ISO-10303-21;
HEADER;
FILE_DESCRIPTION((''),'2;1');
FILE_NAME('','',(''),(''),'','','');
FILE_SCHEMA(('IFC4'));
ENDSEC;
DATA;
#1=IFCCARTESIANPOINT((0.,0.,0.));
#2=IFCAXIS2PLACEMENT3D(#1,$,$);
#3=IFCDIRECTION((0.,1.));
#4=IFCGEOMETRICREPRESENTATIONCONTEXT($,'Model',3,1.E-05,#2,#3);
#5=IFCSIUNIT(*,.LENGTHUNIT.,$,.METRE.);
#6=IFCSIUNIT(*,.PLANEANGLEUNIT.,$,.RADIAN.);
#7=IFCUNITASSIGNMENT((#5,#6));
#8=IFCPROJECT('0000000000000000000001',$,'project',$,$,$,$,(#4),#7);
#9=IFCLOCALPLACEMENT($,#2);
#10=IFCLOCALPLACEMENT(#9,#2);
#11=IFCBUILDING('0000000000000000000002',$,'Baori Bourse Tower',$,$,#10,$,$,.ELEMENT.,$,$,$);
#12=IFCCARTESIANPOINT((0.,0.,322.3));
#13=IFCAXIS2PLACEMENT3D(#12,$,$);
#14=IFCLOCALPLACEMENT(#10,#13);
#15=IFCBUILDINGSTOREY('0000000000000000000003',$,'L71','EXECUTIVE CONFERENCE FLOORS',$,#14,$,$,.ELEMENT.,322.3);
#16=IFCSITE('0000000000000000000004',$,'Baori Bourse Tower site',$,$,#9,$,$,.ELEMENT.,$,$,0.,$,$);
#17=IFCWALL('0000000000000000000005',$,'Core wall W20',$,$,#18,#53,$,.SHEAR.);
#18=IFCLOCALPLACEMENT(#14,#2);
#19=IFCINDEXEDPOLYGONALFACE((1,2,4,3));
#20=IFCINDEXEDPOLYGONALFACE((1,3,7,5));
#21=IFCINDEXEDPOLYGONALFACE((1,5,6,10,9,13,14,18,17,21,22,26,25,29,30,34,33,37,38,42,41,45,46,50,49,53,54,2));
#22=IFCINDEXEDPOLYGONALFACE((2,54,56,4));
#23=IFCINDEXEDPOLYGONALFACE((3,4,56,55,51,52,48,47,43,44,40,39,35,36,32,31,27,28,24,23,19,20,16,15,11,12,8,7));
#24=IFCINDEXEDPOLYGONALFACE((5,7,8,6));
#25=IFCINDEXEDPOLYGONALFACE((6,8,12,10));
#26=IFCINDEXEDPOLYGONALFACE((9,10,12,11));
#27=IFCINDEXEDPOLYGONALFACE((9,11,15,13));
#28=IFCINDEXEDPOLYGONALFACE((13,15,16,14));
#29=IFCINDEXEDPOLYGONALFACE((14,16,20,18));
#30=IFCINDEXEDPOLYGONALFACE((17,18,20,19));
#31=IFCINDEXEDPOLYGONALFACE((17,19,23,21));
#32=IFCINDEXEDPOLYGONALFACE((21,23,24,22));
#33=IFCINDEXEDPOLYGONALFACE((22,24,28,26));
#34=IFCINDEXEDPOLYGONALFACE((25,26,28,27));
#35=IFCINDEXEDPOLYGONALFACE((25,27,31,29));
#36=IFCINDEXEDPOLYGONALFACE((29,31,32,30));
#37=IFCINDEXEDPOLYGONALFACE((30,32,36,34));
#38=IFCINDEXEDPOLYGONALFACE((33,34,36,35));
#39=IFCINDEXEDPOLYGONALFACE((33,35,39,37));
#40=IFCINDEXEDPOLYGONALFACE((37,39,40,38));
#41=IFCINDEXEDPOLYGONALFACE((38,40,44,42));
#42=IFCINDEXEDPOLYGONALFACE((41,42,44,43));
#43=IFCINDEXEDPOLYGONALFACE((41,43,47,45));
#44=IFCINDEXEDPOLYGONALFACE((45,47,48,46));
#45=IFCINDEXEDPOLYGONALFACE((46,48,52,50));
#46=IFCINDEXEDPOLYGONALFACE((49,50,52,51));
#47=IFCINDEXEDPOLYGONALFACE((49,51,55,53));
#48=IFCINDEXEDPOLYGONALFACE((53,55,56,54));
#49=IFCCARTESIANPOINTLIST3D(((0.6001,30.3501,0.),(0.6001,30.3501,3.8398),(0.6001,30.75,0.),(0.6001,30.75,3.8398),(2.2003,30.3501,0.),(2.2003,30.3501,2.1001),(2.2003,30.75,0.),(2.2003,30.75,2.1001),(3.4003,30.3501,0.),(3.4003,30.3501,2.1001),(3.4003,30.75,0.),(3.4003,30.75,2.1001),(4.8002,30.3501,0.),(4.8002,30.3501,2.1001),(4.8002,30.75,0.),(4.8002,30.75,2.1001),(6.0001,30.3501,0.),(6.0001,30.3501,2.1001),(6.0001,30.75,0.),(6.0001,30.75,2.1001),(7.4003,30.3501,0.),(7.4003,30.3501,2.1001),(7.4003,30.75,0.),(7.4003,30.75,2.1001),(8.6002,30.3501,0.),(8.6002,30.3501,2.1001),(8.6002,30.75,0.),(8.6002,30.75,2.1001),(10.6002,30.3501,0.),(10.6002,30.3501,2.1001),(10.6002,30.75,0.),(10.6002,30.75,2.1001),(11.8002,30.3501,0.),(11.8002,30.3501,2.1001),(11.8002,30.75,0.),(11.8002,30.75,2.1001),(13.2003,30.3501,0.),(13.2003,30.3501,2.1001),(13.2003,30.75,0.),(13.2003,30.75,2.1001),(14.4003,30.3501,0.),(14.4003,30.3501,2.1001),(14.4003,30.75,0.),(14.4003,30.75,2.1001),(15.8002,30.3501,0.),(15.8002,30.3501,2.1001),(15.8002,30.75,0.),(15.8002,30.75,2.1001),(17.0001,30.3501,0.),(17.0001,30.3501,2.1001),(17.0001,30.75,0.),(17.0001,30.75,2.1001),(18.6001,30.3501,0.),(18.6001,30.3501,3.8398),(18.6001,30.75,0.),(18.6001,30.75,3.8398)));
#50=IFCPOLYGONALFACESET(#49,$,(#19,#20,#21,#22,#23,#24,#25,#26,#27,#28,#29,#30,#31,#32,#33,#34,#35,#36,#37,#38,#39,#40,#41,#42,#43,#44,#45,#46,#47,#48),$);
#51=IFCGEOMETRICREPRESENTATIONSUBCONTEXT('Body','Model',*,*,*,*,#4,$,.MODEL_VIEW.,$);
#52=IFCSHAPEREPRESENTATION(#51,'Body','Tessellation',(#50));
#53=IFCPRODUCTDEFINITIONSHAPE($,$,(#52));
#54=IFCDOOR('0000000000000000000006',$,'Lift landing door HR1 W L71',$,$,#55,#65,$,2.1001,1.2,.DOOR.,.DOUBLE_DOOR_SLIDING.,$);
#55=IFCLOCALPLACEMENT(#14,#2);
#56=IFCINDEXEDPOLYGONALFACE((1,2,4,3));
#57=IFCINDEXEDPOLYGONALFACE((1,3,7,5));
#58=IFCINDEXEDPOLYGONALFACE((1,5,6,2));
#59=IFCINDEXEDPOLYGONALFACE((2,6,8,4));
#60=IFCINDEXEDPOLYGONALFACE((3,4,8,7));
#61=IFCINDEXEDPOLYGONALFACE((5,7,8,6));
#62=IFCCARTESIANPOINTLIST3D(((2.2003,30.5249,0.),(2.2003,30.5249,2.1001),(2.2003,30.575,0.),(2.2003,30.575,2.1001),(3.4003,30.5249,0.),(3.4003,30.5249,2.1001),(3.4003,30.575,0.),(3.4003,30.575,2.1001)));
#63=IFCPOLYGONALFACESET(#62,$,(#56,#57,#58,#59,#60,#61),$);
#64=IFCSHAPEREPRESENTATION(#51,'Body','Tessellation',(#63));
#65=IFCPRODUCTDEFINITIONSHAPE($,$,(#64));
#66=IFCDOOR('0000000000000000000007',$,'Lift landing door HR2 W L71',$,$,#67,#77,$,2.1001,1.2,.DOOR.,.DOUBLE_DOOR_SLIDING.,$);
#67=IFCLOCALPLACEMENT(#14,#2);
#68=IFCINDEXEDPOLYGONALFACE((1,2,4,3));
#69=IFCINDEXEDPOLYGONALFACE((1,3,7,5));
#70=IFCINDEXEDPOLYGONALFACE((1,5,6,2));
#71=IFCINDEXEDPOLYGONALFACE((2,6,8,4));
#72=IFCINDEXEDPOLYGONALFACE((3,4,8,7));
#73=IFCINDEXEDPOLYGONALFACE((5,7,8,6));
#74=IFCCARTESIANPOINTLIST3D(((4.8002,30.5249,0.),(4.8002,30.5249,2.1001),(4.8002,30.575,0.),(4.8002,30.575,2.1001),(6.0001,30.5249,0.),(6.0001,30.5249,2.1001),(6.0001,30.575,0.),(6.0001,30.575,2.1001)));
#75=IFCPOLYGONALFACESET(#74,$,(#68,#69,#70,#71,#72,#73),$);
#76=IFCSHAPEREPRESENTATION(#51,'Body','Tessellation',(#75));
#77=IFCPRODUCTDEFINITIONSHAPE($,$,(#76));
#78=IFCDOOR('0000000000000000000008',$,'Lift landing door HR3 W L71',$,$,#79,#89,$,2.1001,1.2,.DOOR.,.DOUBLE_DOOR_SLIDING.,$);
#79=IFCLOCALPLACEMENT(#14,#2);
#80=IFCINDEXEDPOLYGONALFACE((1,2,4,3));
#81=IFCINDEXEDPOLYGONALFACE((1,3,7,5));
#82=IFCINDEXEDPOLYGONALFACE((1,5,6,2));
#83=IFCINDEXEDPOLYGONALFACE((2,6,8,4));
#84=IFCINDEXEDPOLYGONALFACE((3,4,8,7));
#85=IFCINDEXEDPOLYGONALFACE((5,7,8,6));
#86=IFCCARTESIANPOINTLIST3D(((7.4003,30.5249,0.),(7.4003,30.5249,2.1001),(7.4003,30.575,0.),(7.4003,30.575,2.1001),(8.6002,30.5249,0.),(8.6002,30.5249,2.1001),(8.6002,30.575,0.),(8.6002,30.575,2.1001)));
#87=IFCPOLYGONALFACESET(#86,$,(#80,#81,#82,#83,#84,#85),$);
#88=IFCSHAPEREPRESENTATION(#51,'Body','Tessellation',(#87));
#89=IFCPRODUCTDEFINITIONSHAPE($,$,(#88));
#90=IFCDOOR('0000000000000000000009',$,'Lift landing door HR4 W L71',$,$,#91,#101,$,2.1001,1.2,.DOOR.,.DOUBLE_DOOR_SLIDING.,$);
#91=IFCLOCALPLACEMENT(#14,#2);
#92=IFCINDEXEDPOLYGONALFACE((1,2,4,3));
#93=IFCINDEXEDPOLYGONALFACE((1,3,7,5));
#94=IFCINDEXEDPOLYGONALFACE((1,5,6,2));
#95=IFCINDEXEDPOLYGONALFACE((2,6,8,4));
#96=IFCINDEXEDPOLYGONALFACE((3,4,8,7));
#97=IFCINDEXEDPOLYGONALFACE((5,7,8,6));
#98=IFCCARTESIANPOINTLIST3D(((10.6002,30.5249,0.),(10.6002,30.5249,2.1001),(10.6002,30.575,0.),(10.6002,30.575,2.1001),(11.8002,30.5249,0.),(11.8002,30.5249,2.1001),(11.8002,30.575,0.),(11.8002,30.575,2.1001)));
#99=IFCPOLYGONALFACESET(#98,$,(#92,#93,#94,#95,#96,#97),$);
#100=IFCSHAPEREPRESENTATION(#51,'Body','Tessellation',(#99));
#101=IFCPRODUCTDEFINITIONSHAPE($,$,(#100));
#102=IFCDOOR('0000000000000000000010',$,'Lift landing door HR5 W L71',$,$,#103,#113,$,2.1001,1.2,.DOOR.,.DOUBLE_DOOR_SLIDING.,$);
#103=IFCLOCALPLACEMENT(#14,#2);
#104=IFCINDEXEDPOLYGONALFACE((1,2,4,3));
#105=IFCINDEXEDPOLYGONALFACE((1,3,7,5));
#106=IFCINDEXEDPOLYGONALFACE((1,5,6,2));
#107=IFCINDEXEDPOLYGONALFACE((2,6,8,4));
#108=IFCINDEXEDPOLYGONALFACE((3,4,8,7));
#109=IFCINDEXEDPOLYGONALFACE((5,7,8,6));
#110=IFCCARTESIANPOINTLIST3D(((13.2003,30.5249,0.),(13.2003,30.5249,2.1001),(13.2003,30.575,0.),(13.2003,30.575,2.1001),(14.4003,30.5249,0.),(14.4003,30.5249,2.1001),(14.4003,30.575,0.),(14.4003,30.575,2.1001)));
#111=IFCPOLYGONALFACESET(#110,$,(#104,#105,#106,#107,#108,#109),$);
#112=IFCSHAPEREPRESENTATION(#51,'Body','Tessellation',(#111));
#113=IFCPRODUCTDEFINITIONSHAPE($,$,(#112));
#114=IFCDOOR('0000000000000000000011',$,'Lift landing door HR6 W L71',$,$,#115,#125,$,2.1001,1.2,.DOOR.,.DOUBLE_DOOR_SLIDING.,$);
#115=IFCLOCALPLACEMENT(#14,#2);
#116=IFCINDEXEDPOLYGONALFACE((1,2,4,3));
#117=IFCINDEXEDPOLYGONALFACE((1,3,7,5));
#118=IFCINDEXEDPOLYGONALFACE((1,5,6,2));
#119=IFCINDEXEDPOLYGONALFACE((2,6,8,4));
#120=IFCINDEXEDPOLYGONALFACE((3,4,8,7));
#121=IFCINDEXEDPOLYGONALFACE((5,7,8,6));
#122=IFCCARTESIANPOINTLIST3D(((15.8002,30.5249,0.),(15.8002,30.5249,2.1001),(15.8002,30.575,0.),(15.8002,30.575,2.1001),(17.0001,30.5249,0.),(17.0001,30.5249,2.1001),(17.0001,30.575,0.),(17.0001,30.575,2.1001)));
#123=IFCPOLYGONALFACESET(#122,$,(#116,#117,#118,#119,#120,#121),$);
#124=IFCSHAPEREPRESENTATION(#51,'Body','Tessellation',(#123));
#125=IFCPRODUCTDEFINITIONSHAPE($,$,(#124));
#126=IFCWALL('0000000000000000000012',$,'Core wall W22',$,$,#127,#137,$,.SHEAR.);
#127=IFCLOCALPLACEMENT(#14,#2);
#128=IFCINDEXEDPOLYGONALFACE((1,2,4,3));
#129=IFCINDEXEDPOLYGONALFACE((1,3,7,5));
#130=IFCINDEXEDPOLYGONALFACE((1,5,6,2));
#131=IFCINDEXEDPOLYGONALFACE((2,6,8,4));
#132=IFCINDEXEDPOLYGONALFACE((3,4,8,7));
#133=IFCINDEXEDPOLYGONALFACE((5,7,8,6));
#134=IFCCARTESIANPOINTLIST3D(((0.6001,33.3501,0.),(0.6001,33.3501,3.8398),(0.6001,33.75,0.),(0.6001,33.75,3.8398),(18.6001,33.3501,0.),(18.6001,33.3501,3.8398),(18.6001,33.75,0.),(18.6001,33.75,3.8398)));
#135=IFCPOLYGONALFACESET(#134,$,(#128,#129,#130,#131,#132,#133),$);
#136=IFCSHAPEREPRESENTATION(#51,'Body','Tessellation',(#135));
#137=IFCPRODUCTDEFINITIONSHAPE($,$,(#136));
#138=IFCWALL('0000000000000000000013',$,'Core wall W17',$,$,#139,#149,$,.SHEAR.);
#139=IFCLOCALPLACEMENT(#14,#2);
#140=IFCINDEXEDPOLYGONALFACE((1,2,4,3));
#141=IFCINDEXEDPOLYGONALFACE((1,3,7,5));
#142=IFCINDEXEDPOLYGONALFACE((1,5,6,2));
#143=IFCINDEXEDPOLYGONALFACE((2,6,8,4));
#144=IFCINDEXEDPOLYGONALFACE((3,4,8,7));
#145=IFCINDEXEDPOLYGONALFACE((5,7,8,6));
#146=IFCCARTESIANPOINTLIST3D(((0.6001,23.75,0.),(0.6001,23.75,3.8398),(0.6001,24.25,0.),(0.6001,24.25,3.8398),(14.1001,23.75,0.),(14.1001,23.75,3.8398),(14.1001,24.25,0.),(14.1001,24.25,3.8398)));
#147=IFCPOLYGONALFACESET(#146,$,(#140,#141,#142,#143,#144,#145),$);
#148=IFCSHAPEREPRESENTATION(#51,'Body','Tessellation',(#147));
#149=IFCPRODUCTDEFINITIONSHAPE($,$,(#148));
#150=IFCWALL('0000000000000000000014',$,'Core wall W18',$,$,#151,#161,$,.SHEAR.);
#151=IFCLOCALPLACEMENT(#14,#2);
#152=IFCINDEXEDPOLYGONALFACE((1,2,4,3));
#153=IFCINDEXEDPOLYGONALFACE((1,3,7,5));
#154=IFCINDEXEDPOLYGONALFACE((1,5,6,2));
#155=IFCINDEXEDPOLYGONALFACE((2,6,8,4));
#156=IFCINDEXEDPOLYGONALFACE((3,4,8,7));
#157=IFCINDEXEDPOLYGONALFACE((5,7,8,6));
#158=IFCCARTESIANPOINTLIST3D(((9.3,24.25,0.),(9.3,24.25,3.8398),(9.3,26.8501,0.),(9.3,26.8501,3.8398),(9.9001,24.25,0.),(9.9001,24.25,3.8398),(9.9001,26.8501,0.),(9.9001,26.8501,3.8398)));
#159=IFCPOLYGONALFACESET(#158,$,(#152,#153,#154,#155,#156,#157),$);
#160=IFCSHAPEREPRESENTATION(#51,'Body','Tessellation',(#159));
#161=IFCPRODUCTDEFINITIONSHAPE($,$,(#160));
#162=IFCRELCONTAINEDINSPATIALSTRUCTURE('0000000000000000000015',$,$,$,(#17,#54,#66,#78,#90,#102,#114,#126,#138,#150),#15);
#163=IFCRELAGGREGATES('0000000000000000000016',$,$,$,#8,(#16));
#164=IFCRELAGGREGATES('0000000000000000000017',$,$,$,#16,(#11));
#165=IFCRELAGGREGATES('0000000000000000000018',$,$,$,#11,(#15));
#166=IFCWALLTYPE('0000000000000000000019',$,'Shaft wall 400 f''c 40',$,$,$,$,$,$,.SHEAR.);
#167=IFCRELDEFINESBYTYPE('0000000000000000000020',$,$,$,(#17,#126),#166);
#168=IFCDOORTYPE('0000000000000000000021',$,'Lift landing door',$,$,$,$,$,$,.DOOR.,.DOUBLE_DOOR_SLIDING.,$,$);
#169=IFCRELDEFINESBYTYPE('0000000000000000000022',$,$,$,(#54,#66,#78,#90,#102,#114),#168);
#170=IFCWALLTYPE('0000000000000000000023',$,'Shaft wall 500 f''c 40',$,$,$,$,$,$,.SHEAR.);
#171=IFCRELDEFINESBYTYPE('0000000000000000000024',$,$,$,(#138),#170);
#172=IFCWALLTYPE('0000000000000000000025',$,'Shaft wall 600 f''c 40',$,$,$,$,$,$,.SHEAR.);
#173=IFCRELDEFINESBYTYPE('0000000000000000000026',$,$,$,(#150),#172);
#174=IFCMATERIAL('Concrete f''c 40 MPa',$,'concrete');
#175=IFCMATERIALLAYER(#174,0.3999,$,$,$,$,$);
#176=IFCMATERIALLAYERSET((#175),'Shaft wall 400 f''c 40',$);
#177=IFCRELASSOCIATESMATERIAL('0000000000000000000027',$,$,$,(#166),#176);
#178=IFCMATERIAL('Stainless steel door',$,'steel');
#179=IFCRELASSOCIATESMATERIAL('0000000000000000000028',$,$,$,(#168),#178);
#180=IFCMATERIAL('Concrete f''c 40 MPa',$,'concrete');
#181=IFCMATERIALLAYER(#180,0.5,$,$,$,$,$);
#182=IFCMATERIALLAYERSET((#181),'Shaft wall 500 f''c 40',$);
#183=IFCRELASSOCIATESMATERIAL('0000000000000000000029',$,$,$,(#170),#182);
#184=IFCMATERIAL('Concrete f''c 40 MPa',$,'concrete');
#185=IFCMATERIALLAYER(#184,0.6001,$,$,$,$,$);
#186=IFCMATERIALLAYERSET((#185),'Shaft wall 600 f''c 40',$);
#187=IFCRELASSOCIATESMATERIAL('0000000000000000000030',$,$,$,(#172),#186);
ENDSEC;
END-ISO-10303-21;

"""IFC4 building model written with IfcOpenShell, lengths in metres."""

from ifc_helpers import new_model, si_unit, direction, frame, frame_2d, origin, place, context, subcontext, project, spatial, rectangle, extrude, material, layer, layer_set, type_object, element, fill, save


model = new_model("IFC4")

# Units and contexts
model_context = context("Model", 3, precision=1e-05, world=origin(), true_north=direction((0.0, 1.0)))
body_context = subcontext(model_context, "Body", "Model", "MODEL_VIEW")
ifc_project = project(units=[si_unit("LENGTHUNIT", "METRE"), si_unit("PLANEANGLEUNIT", "RADIAN")], contexts=[model_context])

# Site, building, storey
site_placement = place(None, origin())
site = spatial("IfcSite", under=ifc_project, at=site_placement, Name="Baori Bourse Tower site", CompositionType="ELEMENT", RefElevation=0.0)
building_placement = place(site_placement, origin())
building = spatial("IfcBuilding", under=site, at=building_placement, Name="Baori Bourse Tower", CompositionType="ELEMENT")
storey_placement = place(building_placement, frame((0.0, 0.0, 322.3)))
storey = spatial("IfcBuildingStorey", under=building, at=storey_placement, Name="L71", Description="EXECUTIVE CONFERENCE FLOORS", CompositionType="ELEMENT", Elevation=322.3)

# Wall, openings, doors
ifc_material_1 = material(Name="Concrete f'c 40 MPa", Category="concrete")
ifc_layer_1 = layer(ifc_material_1, 0.3999)
ifc_layer_set_1 = layer_set([ifc_layer_1], Name="Shaft wall 400 f'c 40")
wall_type_1 = type_object("IfcWallType", Name="Shaft wall 400 f'c 40", PredefinedType="SHEAR", material=ifc_layer_set_1)
ifc_material_2 = material(Name="Stainless steel door", Category="steel")
door_type_1 = type_object("IfcDoorType", Name="Lift landing door", OperationType="DOUBLE_DOOR_SLIDING", PredefinedType="DOOR", material=ifc_material_2)
wall_1_placement = place(storey_placement, frame((0.6001, 30.55, 0.0), z_axis=(0.0, 0.0, 1.0), x_axis=(1.0, 0.0, 0.0)))
wall_1 = element("IfcWall", 1, at=wall_1_placement, inside=storey, type_object=wall_type_1, Name="Core wall W20", PredefinedType="SHEAR", context=body_context, shape_type="SweptSolid", body=[
    extrude(rectangle(XDim=18.0, YDim=0.3999, at=frame_2d((9.0, 0.0))), origin(), (0.0, 0.0, 1.0), 3.8398),
])
opening_1_placement = place(wall_1_placement, frame((1.6001, 0.0, 0.0)))
opening_1 = element("IfcOpeningElement", 2, at=opening_1_placement, cuts=wall_1, PredefinedType="OPENING", context=body_context, shape_type="SweptSolid", body=[
    extrude(rectangle(XDim=1.2, YDim=2.1001, at=frame_2d((0.6001, 1.05))), frame((0.0, 0.21, 0.0), z_axis=(0.0, -1.0, 0.0), x_axis=(1.0, 0.0, 0.0)), (0.0, 0.0, 1.0), 0.4199),
])
opening_2_placement = place(wall_1_placement, frame((4.2, 0.0, 0.0)))
opening_2 = element("IfcOpeningElement", 3, at=opening_2_placement, cuts=wall_1, PredefinedType="OPENING", context=body_context, shape_type="SweptSolid", body=[
    extrude(rectangle(XDim=1.2, YDim=2.1001, at=frame_2d((0.6001, 1.05))), frame((0.0, 0.21, 0.0), z_axis=(0.0, -1.0, 0.0), x_axis=(1.0, 0.0, 0.0)), (0.0, 0.0, 1.0), 0.4199),
])
opening_3_placement = place(wall_1_placement, frame((6.8, 0.0, 0.0)))
opening_3 = element("IfcOpeningElement", 4, at=opening_3_placement, cuts=wall_1, PredefinedType="OPENING", context=body_context, shape_type="SweptSolid", body=[
    extrude(rectangle(XDim=1.2, YDim=2.1001, at=frame_2d((0.6001, 1.05))), frame((0.0, 0.21, 0.0), z_axis=(0.0, -1.0, 0.0), x_axis=(1.0, 0.0, 0.0)), (0.0, 0.0, 1.0), 0.4199),
])
opening_4_placement = place(wall_1_placement, frame((10.0, 0.0, 0.0)))
opening_4 = element("IfcOpeningElement", 5, at=opening_4_placement, cuts=wall_1, PredefinedType="OPENING", context=body_context, shape_type="SweptSolid", body=[
    extrude(rectangle(XDim=1.2, YDim=2.1001, at=frame_2d((0.6001, 1.05))), frame((0.0, 0.21, 0.0), z_axis=(0.0, -1.0, 0.0), x_axis=(1.0, 0.0, 0.0)), (0.0, 0.0, 1.0), 0.4199),
])
opening_5_placement = place(wall_1_placement, frame((12.6001, 0.0, 0.0)))
opening_5 = element("IfcOpeningElement", 6, at=opening_5_placement, cuts=wall_1, PredefinedType="OPENING", context=body_context, shape_type="SweptSolid", body=[
    extrude(rectangle(XDim=1.2, YDim=2.1001, at=frame_2d((0.6001, 1.05))), frame((0.0, 0.21, 0.0), z_axis=(0.0, -1.0, 0.0), x_axis=(1.0, 0.0, 0.0)), (0.0, 0.0, 1.0), 0.4199),
])
opening_6_placement = place(wall_1_placement, frame((15.2, 0.0, 0.0)))
opening_6 = element("IfcOpeningElement", 7, at=opening_6_placement, cuts=wall_1, PredefinedType="OPENING", context=body_context, shape_type="SweptSolid", body=[
    extrude(rectangle(XDim=1.2, YDim=2.1001, at=frame_2d((0.6001, 1.05))), frame((0.0, 0.21, 0.0), z_axis=(0.0, -1.0, 0.0), x_axis=(1.0, 0.0, 0.0)), (0.0, 0.0, 1.0), 0.4199),
])
door_1_placement = place(opening_1_placement, origin())
door_1 = element("IfcDoor", 8, at=door_1_placement, inside=storey, type_object=door_type_1, Name="Lift landing door HR1 W L71", OperationType="DOUBLE_DOOR_SLIDING", OverallHeight=2.1001, OverallWidth=1.2, PredefinedType="DOOR", context=body_context, shape_type="SweptSolid", body=[
    extrude(rectangle(XDim=1.2, YDim=2.1001, at=frame_2d((0.6001, 1.05))), frame((0.0, 0.0249, 0.0), z_axis=(0.0, -1.0, 0.0), x_axis=(1.0, 0.0, 0.0)), (0.0, 0.0, 1.0), 0.05),
])
fill(opening_1, door_1)
door_2_placement = place(opening_2_placement, origin())
door_2 = element("IfcDoor", 9, at=door_2_placement, inside=storey, type_object=door_type_1, Name="Lift landing door HR2 W L71", OperationType="DOUBLE_DOOR_SLIDING", OverallHeight=2.1001, OverallWidth=1.2, PredefinedType="DOOR", context=body_context, shape_type="SweptSolid", body=[
    extrude(rectangle(XDim=1.2, YDim=2.1001, at=frame_2d((0.6001, 1.05))), frame((0.0, 0.0249, 0.0), z_axis=(0.0, -1.0, 0.0), x_axis=(1.0, 0.0, 0.0)), (0.0, 0.0, 1.0), 0.05),
])
fill(opening_2, door_2)
door_3_placement = place(opening_3_placement, origin())
door_3 = element("IfcDoor", 10, at=door_3_placement, inside=storey, type_object=door_type_1, Name="Lift landing door HR3 W L71", OperationType="DOUBLE_DOOR_SLIDING", OverallHeight=2.1001, OverallWidth=1.2, PredefinedType="DOOR", context=body_context, shape_type="SweptSolid", body=[
    extrude(rectangle(XDim=1.2, YDim=2.1001, at=frame_2d((0.6001, 1.05))), frame((0.0, 0.0249, 0.0), z_axis=(0.0, -1.0, 0.0), x_axis=(1.0, 0.0, 0.0)), (0.0, 0.0, 1.0), 0.05),
])
fill(opening_3, door_3)
door_4_placement = place(opening_4_placement, origin())
door_4 = element("IfcDoor", 11, at=door_4_placement, inside=storey, type_object=door_type_1, Name="Lift landing door HR4 W L71", OperationType="DOUBLE_DOOR_SLIDING", OverallHeight=2.1001, OverallWidth=1.2, PredefinedType="DOOR", context=body_context, shape_type="SweptSolid", body=[
    extrude(rectangle(XDim=1.2, YDim=2.1001, at=frame_2d((0.6001, 1.05))), frame((0.0, 0.0249, 0.0), z_axis=(0.0, -1.0, 0.0), x_axis=(1.0, 0.0, 0.0)), (0.0, 0.0, 1.0), 0.05),
])
fill(opening_4, door_4)
door_5_placement = place(opening_5_placement, origin())
door_5 = element("IfcDoor", 12, at=door_5_placement, inside=storey, type_object=door_type_1, Name="Lift landing door HR5 W L71", OperationType="DOUBLE_DOOR_SLIDING", OverallHeight=2.1001, OverallWidth=1.2, PredefinedType="DOOR", context=body_context, shape_type="SweptSolid", body=[
    extrude(rectangle(XDim=1.2, YDim=2.1001, at=frame_2d((0.6001, 1.05))), frame((0.0, 0.0249, 0.0), z_axis=(0.0, -1.0, 0.0), x_axis=(1.0, 0.0, 0.0)), (0.0, 0.0, 1.0), 0.05),
])
fill(opening_5, door_5)
door_6_placement = place(opening_6_placement, origin())
door_6 = element("IfcDoor", 13, at=door_6_placement, inside=storey, type_object=door_type_1, Name="Lift landing door HR6 W L71", OperationType="DOUBLE_DOOR_SLIDING", OverallHeight=2.1001, OverallWidth=1.2, PredefinedType="DOOR", context=body_context, shape_type="SweptSolid", body=[
    extrude(rectangle(XDim=1.2, YDim=2.1001, at=frame_2d((0.6001, 1.05))), frame((0.0, 0.0249, 0.0), z_axis=(0.0, -1.0, 0.0), x_axis=(1.0, 0.0, 0.0)), (0.0, 0.0, 1.0), 0.05),
])
fill(opening_6, door_6)

# Walls
wall_2_placement = place(storey_placement, frame((0.6001, 33.55, 0.0), z_axis=(0.0, 0.0, 1.0), x_axis=(1.0, 0.0, 0.0)))
element("IfcWall", 14, at=wall_2_placement, inside=storey, type_object=wall_type_1, Name="Core wall W22", PredefinedType="SHEAR", context=body_context, shape_type="SweptSolid", body=[
    extrude(rectangle(XDim=18.0, YDim=0.3999, at=frame_2d((9.0, 0.0))), origin(), (0.0, 0.0, 1.0), 3.8398),
])
ifc_material_3 = material(Name="Concrete f'c 40 MPa", Category="concrete")
ifc_layer_2 = layer(ifc_material_3, 0.5)
ifc_layer_set_2 = layer_set([ifc_layer_2], Name="Shaft wall 500 f'c 40")
wall_type_2 = type_object("IfcWallType", Name="Shaft wall 500 f'c 40", PredefinedType="SHEAR", material=ifc_layer_set_2)
wall_3_placement = place(storey_placement, frame((0.6001, 24.0, 0.0), z_axis=(0.0, 0.0, 1.0), x_axis=(1.0, 0.0, 0.0)))
element("IfcWall", 15, at=wall_3_placement, inside=storey, type_object=wall_type_2, Name="Core wall W17", PredefinedType="SHEAR", context=body_context, shape_type="SweptSolid", body=[
    extrude(rectangle(XDim=13.5, YDim=0.5, at=frame_2d((6.75, 0.0))), origin(), (0.0, 0.0, 1.0), 3.8398),
])
ifc_material_4 = material(Name="Concrete f'c 40 MPa", Category="concrete")
ifc_layer_3 = layer(ifc_material_4, 0.6001)
ifc_layer_set_3 = layer_set([ifc_layer_3], Name="Shaft wall 600 f'c 40")
wall_type_3 = type_object("IfcWallType", Name="Shaft wall 600 f'c 40", PredefinedType="SHEAR", material=ifc_layer_set_3)
for number, where, z_axis, x_axis, name in (
    (16, (9.6001, 24.25, 0.0), (0.0, 0.0, 1.0), (0.0, 1.0, 0.0), "Core wall W18"),
):
    element("IfcWall", number, at=place(storey_placement, frame(where, z_axis=z_axis, x_axis=x_axis)), inside=storey, type_object=wall_type_3, Name=name, PredefinedType="SHEAR", context=body_context, shape_type="SweptSolid", body=[
        extrude(rectangle(XDim=2.6001, YDim=0.6001, at=frame_2d((1.3, 0.0))), origin(), (0.0, 0.0, 1.0), 3.8398),
    ])

save(model, "model.ifc")
